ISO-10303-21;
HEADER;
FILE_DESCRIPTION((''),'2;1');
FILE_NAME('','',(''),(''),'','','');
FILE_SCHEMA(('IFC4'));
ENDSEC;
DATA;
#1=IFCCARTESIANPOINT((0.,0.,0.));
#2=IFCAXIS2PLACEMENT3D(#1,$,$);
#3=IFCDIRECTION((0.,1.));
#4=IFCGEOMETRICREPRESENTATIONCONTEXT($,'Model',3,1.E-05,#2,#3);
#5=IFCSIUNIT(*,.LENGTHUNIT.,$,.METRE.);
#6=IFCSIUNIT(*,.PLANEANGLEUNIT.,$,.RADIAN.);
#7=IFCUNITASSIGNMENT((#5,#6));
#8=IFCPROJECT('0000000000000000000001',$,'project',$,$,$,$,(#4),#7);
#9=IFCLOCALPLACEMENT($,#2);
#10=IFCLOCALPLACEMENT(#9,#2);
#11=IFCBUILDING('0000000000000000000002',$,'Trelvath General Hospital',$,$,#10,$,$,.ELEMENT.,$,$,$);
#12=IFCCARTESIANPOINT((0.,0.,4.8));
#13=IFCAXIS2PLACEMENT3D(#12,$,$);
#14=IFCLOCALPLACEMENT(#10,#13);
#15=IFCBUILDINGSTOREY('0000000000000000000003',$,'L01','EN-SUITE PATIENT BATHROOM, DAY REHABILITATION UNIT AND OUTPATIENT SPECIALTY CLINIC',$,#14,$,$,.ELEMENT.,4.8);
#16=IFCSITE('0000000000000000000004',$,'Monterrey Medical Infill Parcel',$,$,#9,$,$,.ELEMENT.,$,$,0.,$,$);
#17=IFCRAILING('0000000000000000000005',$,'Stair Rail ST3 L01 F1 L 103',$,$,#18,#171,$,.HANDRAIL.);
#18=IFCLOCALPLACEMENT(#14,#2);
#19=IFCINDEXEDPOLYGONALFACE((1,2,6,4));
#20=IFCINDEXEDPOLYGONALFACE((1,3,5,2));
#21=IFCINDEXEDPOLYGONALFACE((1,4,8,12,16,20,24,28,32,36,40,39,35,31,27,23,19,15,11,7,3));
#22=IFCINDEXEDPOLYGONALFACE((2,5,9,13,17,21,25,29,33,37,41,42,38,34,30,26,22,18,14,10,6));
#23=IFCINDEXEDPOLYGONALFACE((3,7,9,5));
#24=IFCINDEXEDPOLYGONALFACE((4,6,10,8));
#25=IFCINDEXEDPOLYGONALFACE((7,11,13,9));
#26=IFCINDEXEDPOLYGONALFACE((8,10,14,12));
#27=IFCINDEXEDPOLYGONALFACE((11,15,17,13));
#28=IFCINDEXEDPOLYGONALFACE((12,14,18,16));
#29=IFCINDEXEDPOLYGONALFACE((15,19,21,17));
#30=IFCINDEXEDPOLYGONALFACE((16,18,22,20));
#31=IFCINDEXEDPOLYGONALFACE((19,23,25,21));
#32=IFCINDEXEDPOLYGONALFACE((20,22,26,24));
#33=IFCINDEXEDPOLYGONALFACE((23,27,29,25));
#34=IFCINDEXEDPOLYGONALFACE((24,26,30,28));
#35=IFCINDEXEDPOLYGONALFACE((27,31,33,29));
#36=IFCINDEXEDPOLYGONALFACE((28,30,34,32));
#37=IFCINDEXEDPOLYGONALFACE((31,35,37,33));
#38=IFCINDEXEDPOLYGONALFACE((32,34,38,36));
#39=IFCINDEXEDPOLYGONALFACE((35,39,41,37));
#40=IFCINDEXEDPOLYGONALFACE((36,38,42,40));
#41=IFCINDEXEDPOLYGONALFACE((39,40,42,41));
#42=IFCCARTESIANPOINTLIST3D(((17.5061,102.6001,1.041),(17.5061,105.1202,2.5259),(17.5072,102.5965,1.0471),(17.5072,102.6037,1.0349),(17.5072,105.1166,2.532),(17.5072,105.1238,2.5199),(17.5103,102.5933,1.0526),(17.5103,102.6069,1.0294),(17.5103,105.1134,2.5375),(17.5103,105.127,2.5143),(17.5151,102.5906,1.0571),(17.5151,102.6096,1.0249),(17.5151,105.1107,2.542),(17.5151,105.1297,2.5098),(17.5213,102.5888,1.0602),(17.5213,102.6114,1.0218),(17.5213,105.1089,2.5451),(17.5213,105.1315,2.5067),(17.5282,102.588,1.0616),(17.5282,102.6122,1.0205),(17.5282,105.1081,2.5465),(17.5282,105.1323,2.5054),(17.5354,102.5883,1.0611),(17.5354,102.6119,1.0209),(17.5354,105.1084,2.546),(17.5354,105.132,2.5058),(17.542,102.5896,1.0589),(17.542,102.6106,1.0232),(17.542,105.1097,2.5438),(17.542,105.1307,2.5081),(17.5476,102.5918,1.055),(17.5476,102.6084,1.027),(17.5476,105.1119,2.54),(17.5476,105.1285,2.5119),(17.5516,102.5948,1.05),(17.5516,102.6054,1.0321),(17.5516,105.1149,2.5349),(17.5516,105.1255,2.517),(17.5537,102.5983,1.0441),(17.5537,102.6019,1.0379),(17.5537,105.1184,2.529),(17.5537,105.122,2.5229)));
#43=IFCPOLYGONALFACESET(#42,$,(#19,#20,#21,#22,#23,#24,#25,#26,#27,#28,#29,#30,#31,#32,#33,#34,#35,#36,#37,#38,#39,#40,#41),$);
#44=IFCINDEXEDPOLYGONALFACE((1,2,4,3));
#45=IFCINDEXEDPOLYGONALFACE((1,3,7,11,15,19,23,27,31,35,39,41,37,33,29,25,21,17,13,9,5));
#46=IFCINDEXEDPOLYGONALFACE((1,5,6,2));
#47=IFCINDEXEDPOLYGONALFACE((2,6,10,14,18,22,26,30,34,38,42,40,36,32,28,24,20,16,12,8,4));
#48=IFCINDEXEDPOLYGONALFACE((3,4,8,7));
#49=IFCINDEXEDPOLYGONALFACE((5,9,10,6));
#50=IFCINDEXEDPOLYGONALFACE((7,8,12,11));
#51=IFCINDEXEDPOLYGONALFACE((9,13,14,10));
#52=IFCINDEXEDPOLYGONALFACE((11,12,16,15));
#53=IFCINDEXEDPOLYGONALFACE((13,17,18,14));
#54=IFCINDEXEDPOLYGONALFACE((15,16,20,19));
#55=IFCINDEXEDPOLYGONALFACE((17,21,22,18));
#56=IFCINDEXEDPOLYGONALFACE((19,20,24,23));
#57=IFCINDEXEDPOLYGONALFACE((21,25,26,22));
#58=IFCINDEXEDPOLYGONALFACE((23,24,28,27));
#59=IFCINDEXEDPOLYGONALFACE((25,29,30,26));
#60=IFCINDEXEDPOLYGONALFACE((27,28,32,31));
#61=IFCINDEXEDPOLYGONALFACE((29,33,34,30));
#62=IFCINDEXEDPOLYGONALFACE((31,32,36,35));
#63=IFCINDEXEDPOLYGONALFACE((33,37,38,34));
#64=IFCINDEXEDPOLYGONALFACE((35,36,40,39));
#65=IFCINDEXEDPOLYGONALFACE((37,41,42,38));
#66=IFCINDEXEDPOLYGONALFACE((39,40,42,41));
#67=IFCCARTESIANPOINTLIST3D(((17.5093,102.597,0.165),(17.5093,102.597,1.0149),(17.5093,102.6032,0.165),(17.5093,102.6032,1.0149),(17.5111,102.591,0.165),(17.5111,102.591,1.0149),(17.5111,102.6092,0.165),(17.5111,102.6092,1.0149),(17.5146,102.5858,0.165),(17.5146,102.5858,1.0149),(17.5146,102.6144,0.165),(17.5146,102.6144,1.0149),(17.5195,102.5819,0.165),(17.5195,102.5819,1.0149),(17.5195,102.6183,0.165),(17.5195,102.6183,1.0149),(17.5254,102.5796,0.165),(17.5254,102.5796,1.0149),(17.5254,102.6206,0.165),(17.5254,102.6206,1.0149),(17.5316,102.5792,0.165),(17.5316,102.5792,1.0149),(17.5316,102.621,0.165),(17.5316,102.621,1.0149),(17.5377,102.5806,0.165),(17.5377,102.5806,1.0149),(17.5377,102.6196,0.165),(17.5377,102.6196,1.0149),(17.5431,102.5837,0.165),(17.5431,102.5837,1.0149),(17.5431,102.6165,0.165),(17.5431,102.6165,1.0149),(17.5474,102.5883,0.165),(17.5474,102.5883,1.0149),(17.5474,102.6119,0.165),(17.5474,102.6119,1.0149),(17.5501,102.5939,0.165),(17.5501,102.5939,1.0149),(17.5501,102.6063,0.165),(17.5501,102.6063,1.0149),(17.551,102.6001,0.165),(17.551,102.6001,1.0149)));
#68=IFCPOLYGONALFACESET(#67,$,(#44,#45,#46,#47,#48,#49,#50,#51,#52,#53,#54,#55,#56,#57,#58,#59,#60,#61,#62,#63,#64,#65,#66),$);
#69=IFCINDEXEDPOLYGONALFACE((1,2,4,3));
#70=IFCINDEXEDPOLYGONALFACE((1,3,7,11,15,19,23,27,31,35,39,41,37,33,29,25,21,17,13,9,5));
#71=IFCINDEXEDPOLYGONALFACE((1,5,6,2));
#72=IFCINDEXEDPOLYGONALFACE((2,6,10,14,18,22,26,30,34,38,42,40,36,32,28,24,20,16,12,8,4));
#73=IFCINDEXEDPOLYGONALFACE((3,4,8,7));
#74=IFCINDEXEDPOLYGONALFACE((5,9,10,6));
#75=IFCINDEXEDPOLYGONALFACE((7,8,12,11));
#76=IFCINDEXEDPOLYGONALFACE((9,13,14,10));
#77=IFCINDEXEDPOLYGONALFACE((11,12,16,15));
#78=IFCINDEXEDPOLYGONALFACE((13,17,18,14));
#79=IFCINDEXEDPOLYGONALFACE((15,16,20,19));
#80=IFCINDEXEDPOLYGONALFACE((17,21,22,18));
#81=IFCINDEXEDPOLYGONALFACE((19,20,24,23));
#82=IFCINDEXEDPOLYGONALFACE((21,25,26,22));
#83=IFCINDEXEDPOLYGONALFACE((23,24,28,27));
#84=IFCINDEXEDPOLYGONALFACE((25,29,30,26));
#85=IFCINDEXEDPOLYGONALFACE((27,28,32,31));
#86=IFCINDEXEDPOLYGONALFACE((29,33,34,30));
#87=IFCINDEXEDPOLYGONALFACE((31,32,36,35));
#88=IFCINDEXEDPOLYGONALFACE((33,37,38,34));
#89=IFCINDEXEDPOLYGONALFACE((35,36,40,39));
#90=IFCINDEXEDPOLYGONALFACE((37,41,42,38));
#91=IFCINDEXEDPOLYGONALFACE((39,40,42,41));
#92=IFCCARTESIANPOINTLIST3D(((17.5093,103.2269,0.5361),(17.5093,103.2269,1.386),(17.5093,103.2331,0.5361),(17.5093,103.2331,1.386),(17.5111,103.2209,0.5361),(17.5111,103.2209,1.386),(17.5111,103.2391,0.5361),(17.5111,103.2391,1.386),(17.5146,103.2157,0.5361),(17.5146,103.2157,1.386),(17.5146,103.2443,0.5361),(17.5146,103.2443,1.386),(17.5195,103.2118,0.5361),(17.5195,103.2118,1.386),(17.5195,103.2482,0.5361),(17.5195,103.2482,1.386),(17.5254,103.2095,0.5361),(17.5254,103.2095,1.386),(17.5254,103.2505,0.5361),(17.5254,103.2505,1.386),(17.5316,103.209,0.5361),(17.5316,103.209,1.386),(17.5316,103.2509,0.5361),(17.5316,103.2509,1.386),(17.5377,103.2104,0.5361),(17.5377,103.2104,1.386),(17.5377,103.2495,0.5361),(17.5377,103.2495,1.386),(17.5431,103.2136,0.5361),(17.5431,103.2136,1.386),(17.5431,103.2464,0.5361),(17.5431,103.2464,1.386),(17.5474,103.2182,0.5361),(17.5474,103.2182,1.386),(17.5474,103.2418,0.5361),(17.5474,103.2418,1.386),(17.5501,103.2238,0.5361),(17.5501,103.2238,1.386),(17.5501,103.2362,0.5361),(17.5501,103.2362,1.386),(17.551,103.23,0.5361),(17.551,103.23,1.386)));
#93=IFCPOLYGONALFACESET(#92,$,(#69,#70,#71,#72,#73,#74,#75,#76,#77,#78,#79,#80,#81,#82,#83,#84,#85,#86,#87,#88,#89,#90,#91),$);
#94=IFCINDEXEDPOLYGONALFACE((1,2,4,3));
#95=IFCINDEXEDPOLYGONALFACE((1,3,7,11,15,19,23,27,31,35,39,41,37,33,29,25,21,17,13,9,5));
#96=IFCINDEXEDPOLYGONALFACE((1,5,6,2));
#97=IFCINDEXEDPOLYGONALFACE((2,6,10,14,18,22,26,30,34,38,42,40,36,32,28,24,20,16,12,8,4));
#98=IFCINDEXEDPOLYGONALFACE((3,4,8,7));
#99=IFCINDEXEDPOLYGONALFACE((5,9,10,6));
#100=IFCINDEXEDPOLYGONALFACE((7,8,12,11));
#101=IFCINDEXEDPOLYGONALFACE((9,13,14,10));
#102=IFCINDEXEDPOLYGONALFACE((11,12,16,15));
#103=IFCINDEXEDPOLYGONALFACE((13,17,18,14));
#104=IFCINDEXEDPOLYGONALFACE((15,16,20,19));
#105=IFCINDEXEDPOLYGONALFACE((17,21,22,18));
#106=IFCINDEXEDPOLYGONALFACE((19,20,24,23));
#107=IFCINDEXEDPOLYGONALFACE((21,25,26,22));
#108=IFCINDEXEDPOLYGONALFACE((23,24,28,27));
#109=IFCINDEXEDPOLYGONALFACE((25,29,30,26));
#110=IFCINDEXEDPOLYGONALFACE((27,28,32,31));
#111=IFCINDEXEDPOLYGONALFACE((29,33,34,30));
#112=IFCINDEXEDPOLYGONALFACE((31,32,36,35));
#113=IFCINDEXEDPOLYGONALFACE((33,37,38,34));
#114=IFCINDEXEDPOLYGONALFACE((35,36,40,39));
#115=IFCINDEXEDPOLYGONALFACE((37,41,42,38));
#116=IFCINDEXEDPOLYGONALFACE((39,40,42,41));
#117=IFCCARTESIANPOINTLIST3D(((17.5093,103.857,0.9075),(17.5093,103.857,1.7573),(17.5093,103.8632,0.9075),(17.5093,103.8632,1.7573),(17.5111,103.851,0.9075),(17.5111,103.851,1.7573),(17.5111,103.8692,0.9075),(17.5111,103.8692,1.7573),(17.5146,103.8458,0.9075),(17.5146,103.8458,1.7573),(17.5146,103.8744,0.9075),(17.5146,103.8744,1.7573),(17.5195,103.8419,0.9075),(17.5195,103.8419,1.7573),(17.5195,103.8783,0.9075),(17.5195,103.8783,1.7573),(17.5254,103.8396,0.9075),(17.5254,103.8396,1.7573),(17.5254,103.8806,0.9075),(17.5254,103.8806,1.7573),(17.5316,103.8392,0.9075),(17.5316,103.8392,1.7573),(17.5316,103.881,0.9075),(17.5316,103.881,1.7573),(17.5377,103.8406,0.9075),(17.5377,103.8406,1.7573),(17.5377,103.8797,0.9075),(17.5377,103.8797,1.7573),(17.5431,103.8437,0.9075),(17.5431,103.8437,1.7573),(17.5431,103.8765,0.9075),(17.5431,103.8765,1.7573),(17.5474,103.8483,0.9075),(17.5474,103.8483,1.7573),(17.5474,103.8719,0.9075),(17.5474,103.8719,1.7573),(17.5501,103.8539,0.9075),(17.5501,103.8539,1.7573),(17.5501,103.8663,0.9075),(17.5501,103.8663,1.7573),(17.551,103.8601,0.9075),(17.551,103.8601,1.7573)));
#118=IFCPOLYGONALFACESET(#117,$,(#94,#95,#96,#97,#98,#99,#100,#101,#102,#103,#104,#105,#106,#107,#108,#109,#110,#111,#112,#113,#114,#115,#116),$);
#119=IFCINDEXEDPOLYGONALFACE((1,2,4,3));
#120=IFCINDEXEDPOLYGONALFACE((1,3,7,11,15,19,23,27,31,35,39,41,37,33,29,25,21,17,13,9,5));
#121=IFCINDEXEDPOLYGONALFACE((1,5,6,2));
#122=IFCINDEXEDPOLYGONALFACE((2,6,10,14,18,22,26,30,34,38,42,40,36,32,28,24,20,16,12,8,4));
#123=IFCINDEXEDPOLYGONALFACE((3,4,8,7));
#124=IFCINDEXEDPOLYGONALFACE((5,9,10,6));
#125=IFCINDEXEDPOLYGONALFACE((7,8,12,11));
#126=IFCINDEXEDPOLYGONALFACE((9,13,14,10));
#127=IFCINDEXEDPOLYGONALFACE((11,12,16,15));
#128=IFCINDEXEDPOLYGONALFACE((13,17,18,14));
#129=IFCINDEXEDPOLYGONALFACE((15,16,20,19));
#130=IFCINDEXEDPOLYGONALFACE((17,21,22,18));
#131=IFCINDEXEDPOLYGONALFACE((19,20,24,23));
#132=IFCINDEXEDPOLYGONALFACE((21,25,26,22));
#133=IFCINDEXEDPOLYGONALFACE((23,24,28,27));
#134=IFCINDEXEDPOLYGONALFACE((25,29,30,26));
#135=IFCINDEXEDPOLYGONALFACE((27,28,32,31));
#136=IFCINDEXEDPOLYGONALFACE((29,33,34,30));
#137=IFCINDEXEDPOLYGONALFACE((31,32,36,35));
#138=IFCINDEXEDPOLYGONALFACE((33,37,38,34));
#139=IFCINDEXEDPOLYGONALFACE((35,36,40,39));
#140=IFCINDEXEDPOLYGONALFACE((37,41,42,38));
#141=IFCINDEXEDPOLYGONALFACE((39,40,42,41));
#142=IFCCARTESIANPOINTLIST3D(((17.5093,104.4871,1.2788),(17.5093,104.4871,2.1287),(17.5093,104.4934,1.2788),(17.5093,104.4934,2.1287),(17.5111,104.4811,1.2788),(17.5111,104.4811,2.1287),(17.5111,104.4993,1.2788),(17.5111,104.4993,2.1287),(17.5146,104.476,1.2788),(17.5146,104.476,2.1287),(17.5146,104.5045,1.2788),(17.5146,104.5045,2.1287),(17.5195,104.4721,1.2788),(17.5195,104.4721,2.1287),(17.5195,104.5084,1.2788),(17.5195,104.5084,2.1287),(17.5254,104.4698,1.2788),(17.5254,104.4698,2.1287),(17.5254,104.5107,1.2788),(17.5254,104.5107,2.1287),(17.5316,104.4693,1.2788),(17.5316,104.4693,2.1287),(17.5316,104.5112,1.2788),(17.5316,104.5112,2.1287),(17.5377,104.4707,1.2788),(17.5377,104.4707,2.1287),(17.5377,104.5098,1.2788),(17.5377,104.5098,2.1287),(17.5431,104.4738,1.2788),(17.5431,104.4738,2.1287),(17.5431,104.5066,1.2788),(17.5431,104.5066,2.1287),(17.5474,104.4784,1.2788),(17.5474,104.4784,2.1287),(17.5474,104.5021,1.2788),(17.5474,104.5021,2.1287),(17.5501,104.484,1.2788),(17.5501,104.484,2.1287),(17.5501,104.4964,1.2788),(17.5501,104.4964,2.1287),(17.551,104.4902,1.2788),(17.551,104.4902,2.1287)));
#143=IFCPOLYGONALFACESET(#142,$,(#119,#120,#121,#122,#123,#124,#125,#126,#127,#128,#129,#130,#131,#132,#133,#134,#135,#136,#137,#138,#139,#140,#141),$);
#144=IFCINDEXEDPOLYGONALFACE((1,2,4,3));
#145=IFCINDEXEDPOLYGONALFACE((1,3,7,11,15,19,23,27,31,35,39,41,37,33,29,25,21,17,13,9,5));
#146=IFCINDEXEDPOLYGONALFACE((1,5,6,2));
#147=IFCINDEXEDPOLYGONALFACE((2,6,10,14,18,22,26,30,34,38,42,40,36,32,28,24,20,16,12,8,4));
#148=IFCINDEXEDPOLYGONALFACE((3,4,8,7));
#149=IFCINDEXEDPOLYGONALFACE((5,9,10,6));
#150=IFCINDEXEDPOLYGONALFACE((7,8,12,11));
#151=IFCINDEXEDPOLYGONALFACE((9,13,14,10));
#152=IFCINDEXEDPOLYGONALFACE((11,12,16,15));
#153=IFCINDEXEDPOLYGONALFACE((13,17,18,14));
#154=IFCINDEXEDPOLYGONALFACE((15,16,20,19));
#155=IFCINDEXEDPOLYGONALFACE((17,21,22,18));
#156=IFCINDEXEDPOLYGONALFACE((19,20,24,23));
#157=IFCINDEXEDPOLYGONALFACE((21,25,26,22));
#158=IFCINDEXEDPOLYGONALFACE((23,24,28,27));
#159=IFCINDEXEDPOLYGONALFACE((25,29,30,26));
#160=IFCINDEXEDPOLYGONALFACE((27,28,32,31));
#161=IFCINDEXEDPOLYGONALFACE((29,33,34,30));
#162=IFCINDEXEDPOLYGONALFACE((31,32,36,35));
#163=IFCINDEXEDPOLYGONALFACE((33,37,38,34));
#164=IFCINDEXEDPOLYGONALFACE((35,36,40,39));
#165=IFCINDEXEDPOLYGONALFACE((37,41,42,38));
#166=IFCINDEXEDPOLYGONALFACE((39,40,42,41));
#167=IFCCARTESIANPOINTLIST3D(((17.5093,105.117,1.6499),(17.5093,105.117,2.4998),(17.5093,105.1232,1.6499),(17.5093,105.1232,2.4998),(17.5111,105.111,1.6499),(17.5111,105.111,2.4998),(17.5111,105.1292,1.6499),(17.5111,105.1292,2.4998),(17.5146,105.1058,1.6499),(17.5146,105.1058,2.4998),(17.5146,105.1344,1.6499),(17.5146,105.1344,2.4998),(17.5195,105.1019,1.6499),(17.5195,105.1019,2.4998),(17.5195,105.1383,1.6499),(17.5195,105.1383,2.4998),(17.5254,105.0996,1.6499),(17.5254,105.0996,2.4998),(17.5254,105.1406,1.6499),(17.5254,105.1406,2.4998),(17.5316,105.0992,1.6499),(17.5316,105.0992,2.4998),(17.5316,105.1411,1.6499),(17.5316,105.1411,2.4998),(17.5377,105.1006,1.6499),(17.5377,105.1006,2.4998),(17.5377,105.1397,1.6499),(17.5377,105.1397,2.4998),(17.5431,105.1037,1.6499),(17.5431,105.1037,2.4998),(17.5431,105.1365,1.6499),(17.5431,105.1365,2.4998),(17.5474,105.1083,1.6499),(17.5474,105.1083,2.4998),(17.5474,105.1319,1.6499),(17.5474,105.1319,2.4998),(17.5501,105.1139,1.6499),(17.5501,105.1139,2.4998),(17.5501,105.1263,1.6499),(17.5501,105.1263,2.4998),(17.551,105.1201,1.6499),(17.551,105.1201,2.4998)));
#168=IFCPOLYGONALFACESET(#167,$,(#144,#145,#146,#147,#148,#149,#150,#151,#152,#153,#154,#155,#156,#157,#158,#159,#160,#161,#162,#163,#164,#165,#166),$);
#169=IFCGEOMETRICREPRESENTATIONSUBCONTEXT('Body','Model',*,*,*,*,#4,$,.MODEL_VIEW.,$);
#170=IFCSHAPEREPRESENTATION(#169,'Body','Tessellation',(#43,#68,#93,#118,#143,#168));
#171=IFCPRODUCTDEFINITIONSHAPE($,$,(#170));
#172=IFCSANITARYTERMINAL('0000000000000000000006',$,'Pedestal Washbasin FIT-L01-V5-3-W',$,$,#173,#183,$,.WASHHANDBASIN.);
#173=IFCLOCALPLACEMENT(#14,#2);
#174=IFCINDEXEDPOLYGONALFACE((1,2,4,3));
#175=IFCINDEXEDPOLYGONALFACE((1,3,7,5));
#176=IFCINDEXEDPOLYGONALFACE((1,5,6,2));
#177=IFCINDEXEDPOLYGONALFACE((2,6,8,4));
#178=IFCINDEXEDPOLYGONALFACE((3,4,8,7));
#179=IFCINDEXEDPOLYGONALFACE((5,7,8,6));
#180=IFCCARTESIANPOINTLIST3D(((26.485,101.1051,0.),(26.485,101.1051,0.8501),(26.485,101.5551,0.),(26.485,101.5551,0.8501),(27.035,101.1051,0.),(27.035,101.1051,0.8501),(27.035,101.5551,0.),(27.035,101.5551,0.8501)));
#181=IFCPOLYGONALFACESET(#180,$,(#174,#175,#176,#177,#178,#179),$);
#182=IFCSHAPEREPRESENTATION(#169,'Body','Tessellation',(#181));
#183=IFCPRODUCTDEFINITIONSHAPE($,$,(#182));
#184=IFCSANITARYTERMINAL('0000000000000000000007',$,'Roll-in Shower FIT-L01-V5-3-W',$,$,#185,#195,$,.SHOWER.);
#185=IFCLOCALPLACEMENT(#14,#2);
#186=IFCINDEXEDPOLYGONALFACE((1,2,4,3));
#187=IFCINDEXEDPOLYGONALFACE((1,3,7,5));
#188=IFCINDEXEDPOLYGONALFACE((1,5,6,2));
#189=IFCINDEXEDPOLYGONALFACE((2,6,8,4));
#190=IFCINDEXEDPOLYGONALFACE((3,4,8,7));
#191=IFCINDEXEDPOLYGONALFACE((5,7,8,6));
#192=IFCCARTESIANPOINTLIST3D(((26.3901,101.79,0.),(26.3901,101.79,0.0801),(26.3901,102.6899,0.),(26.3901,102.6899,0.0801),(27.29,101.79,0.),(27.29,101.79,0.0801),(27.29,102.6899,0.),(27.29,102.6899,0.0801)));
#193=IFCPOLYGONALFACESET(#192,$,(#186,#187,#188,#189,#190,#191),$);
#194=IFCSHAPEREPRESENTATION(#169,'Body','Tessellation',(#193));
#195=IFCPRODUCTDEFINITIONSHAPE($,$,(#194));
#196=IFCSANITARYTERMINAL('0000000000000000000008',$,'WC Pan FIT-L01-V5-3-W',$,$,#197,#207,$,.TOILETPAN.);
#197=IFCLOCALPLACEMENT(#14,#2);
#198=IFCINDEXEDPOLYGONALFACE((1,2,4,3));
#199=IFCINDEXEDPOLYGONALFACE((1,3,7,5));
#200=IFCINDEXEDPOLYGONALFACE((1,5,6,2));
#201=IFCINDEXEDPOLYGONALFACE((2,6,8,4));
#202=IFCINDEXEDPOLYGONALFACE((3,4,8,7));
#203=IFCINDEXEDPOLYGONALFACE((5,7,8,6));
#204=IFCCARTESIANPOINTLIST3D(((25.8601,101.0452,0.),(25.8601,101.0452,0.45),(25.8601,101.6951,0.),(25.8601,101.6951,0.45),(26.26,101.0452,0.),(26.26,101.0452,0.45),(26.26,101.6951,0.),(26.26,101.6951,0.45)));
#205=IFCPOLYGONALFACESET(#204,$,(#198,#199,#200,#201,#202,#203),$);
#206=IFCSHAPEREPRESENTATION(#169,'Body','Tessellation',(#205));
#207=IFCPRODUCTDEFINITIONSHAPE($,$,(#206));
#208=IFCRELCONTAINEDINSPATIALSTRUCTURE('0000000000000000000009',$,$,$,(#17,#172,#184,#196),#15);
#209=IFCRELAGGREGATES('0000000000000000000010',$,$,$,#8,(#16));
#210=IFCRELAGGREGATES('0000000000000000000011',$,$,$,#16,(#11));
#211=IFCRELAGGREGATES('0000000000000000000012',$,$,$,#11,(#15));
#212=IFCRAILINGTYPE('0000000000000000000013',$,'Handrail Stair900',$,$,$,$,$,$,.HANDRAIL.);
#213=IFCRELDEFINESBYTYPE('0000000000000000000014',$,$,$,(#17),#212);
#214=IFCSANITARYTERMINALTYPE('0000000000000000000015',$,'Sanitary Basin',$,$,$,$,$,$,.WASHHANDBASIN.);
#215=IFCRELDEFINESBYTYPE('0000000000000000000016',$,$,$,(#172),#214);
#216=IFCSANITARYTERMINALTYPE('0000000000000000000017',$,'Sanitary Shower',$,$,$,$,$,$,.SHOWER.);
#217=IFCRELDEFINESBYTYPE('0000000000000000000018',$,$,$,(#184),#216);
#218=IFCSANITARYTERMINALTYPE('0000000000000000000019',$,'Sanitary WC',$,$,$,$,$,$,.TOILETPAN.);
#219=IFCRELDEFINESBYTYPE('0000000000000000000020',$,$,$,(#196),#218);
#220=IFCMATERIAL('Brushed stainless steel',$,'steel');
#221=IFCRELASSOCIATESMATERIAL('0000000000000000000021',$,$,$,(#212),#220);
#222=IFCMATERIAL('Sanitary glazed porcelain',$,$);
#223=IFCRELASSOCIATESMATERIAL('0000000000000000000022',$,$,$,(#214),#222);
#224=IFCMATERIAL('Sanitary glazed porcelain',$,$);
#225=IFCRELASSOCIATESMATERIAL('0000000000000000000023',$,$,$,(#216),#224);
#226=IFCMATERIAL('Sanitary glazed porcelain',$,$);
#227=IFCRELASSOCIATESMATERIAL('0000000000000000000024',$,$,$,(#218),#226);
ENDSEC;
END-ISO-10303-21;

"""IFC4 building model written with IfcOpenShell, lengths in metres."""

from ifc_helpers import new_model, si_unit, direction, frame, origin, origin_2d, place, context, subcontext, project, spatial, rectangle, circle, extrude, material, type_object, element, save


model = new_model("IFC4")

# Units and contexts
model_context = context("Model", 3, precision=1e-05, world=origin(), true_north=direction((0.0, 1.0)))
body_context = subcontext(model_context, "Body", "Model", "MODEL_VIEW")
ifc_project = project(units=[si_unit("LENGTHUNIT", "METRE"), si_unit("PLANEANGLEUNIT", "RADIAN")], contexts=[model_context])

# Site, building, storey
site_placement = place(None, origin())
site = spatial("IfcSite", under=ifc_project, at=site_placement, Name="Monterrey Medical Infill Parcel", CompositionType="ELEMENT", RefElevation=0.0)
building_placement = place(site_placement, origin())
building = spatial("IfcBuilding", under=site, at=building_placement, Name="Trelvath General Hospital", CompositionType="ELEMENT")
storey_placement = place(building_placement, frame((0.0, 0.0, 4.8)))
storey = spatial("IfcBuildingStorey", under=building, at=storey_placement, Name="L01", Description="EN-SUITE PATIENT BATHROOM, DAY REHABILITATION UNIT AND OUTPATIENT SPECIALTY CLINIC", CompositionType="ELEMENT", Elevation=4.8)

# Railing
ifc_material_1 = material(Name="Brushed stainless steel", Category="steel")
railing_type_1 = type_object("IfcRailingType", Name="Handrail Stair900", PredefinedType="HANDRAIL", material=ifc_material_1)
railing_1_placement = place(storey_placement, frame((17.53, 102.6001, 0.165)))
element("IfcRailing", 1, at=railing_1_placement, inside=storey, type_object=railing_type_1, Name="Stair Rail ST3 L01 F1 L 103", PredefinedType="HANDRAIL", context=body_context, shape_type="SweptSolid", body=[
    extrude(circle(Radius=0.0239, at=origin_2d()), frame((0.0, 0.0, 0.876), z_axis=(0.0, 0.861561, 0.507655), x_axis=(-1.0, 0.0, 0.0)), (0.0, 0.0, 1.0), 2.925),
    extrude(circle(Radius=0.021, at=origin_2d()), origin(), (0.0, 0.0, 1.0), 0.8499),
    extrude(circle(Radius=0.021, at=origin_2d()), frame((0.0, 0.6299, 0.3711)), (0.0, 0.0, 1.0), 0.8499),
    extrude(circle(Radius=0.021, at=origin_2d()), frame((0.0, 1.26, 0.7424)), (0.0, 0.0, 1.0), 0.8499),
    extrude(circle(Radius=0.021, at=origin_2d()), frame((0.0, 1.8901, 1.1138)), (0.0, 0.0, 1.0), 0.8499),
    extrude(circle(Radius=0.021, at=origin_2d()), frame((0.0, 2.52, 1.4849)), (0.0, 0.0, 1.0), 0.8499),
])

# Sanitary terminals
ifc_material_2 = material(Name="Sanitary glazed porcelain")
sanitary_terminal_type_1 = type_object("IfcSanitaryTerminalType", Name="Sanitary Basin", PredefinedType="WASHHANDBASIN", material=ifc_material_2)
sanitary_terminal_1_placement = place(storey_placement, frame((26.76, 101.3301, 0.0), z_axis=(0.0, 0.0, 1.0), x_axis=(1.0, 0.0, 0.0)))
element("IfcSanitaryTerminal", 2, at=sanitary_terminal_1_placement, inside=storey, type_object=sanitary_terminal_type_1, Name="Pedestal Washbasin FIT-L01-V5-3-W", PredefinedType="WASHHANDBASIN", context=body_context, shape_type="SweptSolid", body=[
    extrude(rectangle(XDim=0.55, YDim=0.45, at=origin_2d()), origin(), (0.0, 0.0, 1.0), 0.8501),
])
ifc_material_3 = material(Name="Sanitary glazed porcelain")
sanitary_terminal_type_2 = type_object("IfcSanitaryTerminalType", Name="Sanitary Shower", PredefinedType="SHOWER", material=ifc_material_3)
sanitary_terminal_2_placement = place(storey_placement, frame((26.8401, 102.24, 0.0), z_axis=(0.0, 0.0, 1.0), x_axis=(1.0, 0.0, 0.0)))
element("IfcSanitaryTerminal", 3, at=sanitary_terminal_2_placement, inside=storey, type_object=sanitary_terminal_type_2, Name="Roll-in Shower FIT-L01-V5-3-W", PredefinedType="SHOWER", context=body_context, shape_type="SweptSolid", body=[
    extrude(rectangle(XDim=0.8999, YDim=0.8999, at=origin_2d()), origin(), (0.0, 0.0, 1.0), 0.0801),
])
ifc_material_4 = material(Name="Sanitary glazed porcelain")
sanitary_terminal_type_3 = type_object("IfcSanitaryTerminalType", Name="Sanitary WC", PredefinedType="TOILETPAN", material=ifc_material_4)
sanitary_terminal_3_placement = place(storey_placement, frame((26.0601, 101.3701, 0.0), z_axis=(0.0, 0.0, 1.0), x_axis=(1.0, 0.0, 0.0)))
element("IfcSanitaryTerminal", 4, at=sanitary_terminal_3_placement, inside=storey, type_object=sanitary_terminal_type_3, Name="WC Pan FIT-L01-V5-3-W", PredefinedType="TOILETPAN", context=body_context, shape_type="SweptSolid", body=[
    extrude(rectangle(XDim=0.3999, YDim=0.6499, at=origin_2d()), origin(), (0.0, 0.0, 1.0), 0.45),
])

save(model, "model.ifc")
